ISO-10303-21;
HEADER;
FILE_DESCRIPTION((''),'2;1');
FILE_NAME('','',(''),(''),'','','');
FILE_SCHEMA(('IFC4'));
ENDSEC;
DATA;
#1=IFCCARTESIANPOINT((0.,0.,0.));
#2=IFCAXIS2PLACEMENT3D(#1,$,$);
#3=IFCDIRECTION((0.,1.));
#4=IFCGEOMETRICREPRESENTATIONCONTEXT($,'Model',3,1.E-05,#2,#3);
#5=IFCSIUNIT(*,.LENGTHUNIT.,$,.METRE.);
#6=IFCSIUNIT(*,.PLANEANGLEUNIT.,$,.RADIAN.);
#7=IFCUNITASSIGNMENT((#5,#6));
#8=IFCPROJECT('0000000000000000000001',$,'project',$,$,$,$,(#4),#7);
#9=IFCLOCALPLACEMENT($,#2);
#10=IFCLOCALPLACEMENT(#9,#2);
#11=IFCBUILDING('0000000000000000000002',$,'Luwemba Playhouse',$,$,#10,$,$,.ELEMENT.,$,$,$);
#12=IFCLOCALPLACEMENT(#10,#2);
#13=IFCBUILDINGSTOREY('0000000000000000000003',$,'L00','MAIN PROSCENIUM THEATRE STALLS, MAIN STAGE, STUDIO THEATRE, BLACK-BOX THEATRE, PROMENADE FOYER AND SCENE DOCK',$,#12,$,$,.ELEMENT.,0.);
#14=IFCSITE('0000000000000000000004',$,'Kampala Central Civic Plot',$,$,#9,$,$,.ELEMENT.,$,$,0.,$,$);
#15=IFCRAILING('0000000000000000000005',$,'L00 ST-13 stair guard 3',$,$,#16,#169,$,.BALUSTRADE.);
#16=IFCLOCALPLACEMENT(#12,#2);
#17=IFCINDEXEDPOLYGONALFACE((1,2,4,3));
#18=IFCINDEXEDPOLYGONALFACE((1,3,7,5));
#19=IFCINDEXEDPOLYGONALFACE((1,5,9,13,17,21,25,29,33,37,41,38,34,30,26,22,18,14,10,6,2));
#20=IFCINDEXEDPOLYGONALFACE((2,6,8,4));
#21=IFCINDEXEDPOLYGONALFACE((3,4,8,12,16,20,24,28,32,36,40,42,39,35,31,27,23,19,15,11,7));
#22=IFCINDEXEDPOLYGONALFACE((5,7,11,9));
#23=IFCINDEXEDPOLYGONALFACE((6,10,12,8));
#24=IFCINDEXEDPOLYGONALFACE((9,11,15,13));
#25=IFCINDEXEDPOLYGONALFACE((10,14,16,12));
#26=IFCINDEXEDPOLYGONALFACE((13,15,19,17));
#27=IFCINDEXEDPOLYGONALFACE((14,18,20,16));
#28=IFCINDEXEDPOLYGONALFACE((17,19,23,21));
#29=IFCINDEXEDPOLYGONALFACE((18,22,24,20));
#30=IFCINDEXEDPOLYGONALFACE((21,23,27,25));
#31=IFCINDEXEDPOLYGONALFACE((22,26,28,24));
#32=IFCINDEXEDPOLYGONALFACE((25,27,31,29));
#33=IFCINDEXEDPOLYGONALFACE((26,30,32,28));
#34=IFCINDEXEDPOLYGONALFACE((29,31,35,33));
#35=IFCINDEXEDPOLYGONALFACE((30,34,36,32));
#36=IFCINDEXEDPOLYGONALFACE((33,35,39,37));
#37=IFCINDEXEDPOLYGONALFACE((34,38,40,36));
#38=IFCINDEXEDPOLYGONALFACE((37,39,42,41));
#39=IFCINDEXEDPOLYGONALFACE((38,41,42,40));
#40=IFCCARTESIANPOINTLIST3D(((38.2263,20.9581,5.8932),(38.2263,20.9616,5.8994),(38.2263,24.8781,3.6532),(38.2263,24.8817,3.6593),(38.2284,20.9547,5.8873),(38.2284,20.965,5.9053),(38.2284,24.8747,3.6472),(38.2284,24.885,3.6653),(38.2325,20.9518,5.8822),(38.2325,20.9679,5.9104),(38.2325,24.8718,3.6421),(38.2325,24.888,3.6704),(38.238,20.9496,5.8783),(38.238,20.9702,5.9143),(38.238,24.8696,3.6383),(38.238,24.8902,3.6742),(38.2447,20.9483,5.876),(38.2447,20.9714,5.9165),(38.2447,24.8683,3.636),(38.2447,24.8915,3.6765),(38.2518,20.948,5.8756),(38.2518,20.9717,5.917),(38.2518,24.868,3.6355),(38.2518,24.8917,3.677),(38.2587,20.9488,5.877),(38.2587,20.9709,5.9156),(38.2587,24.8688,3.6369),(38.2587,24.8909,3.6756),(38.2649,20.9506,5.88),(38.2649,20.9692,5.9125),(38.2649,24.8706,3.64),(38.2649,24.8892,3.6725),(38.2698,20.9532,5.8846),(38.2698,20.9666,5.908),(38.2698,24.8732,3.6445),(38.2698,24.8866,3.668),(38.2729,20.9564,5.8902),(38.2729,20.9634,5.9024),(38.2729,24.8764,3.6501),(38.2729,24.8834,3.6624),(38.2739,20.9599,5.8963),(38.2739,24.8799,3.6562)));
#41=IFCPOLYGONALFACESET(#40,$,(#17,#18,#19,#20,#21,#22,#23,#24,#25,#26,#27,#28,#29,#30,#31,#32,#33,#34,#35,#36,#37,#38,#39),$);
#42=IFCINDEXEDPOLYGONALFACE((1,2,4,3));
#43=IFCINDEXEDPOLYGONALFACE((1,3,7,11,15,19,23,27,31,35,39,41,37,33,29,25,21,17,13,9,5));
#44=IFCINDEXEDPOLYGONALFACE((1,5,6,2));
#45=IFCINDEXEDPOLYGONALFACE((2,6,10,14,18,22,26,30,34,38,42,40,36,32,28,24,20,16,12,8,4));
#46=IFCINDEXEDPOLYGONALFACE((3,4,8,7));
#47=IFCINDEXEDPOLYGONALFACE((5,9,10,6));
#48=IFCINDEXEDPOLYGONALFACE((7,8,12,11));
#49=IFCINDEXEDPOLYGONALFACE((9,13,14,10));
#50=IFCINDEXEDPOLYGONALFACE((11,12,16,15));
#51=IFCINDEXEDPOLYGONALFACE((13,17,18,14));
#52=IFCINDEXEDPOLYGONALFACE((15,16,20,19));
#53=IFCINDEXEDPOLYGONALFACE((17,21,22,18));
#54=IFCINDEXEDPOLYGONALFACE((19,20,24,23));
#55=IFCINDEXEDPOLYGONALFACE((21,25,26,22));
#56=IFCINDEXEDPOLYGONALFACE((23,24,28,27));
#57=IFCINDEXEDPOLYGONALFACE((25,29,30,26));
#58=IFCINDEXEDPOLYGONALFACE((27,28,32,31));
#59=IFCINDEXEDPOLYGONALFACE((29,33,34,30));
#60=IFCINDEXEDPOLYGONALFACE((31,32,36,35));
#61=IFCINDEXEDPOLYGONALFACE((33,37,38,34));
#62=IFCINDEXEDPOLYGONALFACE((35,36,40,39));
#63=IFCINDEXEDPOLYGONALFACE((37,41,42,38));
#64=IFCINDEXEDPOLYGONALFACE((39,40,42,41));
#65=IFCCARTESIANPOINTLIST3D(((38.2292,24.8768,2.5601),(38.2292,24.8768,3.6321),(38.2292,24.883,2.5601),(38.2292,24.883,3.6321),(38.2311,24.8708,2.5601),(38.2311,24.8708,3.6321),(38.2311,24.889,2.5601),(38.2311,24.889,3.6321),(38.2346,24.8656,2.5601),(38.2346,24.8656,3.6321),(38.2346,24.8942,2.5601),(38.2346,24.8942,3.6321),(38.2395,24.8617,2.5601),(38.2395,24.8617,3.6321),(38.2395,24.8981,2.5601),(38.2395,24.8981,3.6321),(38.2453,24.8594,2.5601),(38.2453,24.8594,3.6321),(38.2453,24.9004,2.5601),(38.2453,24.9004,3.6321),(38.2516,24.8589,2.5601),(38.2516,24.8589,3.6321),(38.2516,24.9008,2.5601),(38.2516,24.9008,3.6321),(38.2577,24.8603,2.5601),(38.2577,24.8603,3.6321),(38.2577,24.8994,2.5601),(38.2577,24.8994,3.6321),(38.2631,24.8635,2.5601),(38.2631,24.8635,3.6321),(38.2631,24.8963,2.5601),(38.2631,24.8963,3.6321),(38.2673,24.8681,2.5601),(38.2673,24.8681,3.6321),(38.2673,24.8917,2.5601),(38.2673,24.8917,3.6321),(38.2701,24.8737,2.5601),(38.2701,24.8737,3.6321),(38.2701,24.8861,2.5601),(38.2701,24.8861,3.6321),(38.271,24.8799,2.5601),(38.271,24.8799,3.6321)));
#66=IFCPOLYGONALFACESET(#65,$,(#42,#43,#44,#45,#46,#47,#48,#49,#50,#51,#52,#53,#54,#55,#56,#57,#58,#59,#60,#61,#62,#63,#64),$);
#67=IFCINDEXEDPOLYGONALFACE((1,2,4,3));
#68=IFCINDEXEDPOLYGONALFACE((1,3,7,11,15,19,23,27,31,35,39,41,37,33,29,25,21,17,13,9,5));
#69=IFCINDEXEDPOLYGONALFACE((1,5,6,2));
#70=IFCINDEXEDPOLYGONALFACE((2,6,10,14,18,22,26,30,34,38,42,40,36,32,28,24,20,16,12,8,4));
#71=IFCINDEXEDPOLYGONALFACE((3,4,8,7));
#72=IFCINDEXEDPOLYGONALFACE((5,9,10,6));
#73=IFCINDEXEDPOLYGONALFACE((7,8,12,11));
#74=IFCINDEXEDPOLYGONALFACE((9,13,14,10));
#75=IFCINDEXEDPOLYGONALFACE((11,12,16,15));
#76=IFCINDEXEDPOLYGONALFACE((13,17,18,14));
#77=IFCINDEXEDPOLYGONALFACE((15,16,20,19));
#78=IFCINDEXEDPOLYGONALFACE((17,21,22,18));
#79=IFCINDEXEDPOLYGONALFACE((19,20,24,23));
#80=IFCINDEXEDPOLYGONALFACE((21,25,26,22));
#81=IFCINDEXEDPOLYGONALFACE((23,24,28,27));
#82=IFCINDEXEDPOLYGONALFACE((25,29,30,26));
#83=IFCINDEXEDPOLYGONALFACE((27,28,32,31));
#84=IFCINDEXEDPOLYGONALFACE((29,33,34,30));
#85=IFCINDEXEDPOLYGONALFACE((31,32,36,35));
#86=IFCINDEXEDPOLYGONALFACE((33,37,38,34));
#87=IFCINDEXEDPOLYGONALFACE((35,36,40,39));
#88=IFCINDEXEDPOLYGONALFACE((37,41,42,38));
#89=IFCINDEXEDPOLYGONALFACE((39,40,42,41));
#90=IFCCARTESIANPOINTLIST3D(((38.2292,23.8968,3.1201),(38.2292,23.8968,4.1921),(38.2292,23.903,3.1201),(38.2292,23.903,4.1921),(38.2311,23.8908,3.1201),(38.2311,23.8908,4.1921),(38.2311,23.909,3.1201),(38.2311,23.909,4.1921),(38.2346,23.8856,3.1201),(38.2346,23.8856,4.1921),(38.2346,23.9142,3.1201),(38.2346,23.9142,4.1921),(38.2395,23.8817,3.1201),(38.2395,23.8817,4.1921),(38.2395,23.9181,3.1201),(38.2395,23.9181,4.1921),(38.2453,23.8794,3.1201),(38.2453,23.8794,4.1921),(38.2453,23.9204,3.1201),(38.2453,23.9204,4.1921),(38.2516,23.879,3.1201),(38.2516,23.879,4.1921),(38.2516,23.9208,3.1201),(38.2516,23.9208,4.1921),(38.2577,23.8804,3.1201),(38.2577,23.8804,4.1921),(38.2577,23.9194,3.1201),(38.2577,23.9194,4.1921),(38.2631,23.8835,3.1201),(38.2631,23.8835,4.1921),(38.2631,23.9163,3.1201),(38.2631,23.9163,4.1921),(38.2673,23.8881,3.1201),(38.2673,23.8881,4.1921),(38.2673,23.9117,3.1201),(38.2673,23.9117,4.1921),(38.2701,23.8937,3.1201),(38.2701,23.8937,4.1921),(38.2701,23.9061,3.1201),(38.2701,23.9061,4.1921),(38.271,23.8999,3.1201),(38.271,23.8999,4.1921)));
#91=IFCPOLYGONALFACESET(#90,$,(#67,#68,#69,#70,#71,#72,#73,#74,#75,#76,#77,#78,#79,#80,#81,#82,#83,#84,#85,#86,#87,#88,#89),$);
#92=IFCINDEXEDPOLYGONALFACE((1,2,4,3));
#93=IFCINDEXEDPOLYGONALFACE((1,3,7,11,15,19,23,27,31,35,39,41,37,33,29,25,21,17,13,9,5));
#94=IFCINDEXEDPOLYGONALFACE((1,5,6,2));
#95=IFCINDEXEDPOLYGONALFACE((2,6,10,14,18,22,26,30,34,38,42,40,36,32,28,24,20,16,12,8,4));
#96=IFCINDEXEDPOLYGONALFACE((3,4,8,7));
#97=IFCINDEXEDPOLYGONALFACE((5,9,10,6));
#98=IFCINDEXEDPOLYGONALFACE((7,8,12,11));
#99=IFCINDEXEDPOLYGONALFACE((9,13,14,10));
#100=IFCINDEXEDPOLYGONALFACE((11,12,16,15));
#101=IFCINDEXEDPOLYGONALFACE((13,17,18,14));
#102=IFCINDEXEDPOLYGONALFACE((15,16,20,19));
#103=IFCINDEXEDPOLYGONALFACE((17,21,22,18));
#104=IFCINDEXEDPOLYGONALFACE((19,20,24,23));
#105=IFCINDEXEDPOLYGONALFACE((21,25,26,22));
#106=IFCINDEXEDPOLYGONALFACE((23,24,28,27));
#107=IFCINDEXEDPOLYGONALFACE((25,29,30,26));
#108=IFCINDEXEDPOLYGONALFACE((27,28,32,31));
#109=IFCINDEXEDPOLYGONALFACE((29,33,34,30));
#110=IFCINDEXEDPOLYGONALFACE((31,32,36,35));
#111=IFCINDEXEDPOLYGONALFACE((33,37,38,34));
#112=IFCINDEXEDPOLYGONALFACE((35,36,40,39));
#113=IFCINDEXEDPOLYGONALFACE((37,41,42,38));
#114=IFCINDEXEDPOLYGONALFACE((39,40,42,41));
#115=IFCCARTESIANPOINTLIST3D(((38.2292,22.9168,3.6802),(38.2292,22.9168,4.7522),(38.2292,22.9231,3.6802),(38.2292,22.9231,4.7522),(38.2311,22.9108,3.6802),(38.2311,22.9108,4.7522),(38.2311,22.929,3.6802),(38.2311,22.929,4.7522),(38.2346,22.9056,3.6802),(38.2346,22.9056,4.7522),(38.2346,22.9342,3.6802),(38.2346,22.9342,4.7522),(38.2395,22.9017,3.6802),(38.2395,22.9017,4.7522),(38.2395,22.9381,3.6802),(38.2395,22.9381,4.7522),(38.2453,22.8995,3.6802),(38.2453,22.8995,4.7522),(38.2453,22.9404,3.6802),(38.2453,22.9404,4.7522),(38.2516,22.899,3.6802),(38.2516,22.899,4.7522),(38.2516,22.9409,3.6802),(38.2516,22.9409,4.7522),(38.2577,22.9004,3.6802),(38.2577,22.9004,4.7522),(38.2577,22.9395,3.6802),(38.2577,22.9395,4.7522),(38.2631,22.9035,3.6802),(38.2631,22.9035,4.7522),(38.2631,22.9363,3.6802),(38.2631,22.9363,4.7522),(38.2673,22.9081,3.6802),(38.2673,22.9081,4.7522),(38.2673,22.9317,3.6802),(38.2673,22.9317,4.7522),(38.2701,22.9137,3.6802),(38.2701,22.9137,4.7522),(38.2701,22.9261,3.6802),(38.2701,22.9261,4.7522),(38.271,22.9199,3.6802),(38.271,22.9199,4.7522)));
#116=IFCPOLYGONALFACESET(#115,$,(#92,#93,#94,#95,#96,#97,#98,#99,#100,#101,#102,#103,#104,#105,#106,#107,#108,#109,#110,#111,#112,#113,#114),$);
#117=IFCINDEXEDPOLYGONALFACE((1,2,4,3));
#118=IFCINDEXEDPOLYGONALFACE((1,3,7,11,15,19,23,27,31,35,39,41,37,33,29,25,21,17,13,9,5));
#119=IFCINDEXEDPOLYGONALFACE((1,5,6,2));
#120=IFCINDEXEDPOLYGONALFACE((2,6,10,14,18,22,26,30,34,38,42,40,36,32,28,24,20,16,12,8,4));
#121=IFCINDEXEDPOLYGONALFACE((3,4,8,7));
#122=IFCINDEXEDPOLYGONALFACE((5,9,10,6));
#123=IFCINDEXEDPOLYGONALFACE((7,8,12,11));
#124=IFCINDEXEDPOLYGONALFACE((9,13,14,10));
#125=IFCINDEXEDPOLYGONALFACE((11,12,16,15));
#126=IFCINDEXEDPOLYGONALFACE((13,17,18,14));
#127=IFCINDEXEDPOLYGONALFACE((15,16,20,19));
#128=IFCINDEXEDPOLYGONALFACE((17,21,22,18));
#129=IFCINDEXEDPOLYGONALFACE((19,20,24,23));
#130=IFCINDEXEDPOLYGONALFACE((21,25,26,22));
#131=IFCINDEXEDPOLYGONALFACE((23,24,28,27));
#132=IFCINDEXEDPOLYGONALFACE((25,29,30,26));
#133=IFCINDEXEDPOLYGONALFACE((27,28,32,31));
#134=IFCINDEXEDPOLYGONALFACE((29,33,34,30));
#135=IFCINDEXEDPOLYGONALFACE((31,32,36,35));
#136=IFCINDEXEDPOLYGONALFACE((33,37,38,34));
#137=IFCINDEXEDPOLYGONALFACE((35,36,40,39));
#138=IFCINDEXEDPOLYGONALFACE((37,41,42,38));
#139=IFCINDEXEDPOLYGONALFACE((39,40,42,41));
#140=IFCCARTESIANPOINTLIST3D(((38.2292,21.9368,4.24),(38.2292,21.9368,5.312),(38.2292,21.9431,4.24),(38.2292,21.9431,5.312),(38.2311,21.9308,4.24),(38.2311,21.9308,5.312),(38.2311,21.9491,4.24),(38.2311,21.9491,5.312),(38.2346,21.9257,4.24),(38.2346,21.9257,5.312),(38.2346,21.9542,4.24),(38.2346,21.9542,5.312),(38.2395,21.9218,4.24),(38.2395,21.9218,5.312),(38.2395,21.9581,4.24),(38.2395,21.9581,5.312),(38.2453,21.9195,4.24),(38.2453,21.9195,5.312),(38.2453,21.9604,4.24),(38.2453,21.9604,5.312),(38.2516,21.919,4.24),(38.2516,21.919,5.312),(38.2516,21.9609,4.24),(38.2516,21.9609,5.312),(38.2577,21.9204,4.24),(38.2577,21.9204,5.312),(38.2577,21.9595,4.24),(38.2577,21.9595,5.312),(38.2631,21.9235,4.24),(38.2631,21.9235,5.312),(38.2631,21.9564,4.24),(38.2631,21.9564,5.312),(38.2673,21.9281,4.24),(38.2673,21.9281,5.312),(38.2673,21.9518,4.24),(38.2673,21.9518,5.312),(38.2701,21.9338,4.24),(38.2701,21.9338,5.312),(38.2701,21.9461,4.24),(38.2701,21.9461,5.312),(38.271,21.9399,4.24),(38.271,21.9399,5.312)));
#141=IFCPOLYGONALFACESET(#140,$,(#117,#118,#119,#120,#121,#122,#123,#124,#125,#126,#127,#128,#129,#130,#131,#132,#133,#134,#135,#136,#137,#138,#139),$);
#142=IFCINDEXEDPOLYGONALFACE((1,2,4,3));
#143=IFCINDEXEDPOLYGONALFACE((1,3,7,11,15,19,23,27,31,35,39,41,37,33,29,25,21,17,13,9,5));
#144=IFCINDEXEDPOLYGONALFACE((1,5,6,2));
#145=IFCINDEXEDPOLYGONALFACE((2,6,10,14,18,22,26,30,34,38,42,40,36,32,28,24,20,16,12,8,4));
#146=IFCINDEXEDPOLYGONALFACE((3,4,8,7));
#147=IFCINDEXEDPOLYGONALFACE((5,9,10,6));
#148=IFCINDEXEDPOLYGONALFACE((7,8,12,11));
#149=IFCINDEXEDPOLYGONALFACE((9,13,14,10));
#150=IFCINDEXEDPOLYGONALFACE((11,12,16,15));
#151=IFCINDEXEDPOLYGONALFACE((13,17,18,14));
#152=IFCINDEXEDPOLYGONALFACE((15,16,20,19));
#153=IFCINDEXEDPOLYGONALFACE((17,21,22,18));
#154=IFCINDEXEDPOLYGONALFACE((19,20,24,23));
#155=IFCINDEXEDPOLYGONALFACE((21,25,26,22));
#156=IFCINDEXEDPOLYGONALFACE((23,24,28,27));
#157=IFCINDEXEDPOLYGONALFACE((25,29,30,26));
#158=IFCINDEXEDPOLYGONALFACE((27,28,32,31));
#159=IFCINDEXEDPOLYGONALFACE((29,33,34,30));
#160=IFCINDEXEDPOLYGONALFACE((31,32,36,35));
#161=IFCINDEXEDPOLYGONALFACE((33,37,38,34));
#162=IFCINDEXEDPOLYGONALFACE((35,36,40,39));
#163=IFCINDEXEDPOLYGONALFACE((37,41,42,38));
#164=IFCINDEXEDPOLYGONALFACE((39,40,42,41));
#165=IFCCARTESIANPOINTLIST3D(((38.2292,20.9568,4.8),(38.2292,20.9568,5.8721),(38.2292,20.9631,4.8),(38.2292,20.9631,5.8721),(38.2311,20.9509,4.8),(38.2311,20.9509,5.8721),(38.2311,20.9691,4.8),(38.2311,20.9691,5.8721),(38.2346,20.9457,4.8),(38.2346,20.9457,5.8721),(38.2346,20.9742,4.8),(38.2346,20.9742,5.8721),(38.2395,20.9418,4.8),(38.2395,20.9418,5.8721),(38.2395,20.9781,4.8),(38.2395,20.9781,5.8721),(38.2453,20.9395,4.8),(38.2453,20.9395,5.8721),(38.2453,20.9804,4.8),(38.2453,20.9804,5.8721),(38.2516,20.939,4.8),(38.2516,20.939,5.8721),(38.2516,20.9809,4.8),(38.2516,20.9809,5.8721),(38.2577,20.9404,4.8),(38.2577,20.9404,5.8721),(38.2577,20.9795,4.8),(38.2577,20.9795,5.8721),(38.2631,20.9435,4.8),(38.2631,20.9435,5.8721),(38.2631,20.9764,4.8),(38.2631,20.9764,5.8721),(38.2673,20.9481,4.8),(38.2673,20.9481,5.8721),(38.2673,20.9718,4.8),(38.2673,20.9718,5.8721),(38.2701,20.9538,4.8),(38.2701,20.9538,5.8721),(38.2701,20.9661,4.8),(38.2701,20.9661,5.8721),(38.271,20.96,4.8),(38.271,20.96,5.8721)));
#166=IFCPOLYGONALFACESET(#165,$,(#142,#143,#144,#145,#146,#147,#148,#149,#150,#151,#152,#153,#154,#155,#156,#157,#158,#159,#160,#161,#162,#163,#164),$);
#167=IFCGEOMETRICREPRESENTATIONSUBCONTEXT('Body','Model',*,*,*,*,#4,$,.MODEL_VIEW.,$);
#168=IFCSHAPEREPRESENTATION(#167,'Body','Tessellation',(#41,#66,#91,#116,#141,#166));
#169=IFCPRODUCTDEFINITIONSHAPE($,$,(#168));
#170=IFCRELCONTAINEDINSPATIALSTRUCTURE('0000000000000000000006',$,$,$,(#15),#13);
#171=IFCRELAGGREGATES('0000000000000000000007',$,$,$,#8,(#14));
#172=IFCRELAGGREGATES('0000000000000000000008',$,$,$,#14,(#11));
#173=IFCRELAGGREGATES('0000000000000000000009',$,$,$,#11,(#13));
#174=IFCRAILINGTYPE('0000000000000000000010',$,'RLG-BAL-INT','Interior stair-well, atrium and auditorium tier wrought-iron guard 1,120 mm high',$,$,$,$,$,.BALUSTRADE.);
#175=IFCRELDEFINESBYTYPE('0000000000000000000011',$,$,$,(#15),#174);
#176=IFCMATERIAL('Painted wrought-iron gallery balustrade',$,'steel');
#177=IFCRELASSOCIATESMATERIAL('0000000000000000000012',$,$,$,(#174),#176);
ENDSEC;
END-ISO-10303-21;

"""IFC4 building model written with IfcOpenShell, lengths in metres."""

from ifc_helpers import new_model, si_unit, direction, frame, origin, origin_2d, place, context, subcontext, project, spatial, circle, extrude, material, type_object, element, save


model = new_model("IFC4")

# Units and contexts
model_context = context("Model", 3, precision=1e-05, world=origin(), true_north=direction((0.0, 1.0)))
body_context = subcontext(model_context, "Body", "Model", "MODEL_VIEW")
ifc_project = project(units=[si_unit("LENGTHUNIT", "METRE"), si_unit("PLANEANGLEUNIT", "RADIAN")], contexts=[model_context])

# Site, building, storey
site_placement = place(None, origin())
site = spatial("IfcSite", under=ifc_project, at=site_placement, Name="Kampala Central Civic Plot", CompositionType="ELEMENT", RefElevation=0.0)
building_placement = place(site_placement, origin())
building = spatial("IfcBuilding", under=site, at=building_placement, Name="Luwemba Playhouse", CompositionType="ELEMENT")
storey_placement = place(building_placement, origin())
storey = spatial("IfcBuildingStorey", under=building, at=storey_placement, Name="L00", Description="MAIN PROSCENIUM THEATRE STALLS, MAIN STAGE, STUDIO THEATRE, BLACK-BOX THEATRE, PROMENADE FOYER AND SCENE DOCK", CompositionType="ELEMENT", Elevation=0.0)

# Railing
ifc_material_1 = material(Name="Painted wrought-iron gallery balustrade", Category="steel")
railing_type_1 = type_object("IfcRailingType", Name="RLG-BAL-INT", Description="Interior stair-well, atrium and auditorium tier wrought-iron guard 1,120 mm high", PredefinedType="BALUSTRADE", material=ifc_material_1)
railing_1_placement = place(storey_placement, frame((38.25, 24.8799, 2.5601)))
element("IfcRailing", 1, at=railing_1_placement, inside=storey, type_object=railing_type_1, Name="L00 ST-13 stair guard 3", PredefinedType="BALUSTRADE", context=body_context, shape_type="SweptSolid", body=[
    extrude(circle(Radius=0.0239, at=origin_2d()), frame((0.0, 0.0, 1.0962), z_axis=(0.0, -0.86824, 0.496145), x_axis=(1.0, 0.0, 0.0)), (0.0, 0.0, 1.0), 4.5149),
    extrude(circle(Radius=0.021, at=origin_2d()), origin(), (0.0, 0.0, 1.0), 1.072),
    extrude(circle(Radius=0.021, at=origin_2d()), frame((0.0, -0.98, 0.5601)), (0.0, 0.0, 1.0), 1.072),
    extrude(circle(Radius=0.021, at=origin_2d()), frame((0.0, -1.96, 1.1201)), (0.0, 0.0, 1.0), 1.072),
    extrude(circle(Radius=0.021, at=origin_2d()), frame((0.0, -2.9399, 1.6799)), (0.0, 0.0, 1.0), 1.072),
    extrude(circle(Radius=0.021, at=origin_2d()), frame((0.0, -3.9199, 2.24)), (0.0, 0.0, 1.0), 1.072),
])

save(model, "model.ifc")
